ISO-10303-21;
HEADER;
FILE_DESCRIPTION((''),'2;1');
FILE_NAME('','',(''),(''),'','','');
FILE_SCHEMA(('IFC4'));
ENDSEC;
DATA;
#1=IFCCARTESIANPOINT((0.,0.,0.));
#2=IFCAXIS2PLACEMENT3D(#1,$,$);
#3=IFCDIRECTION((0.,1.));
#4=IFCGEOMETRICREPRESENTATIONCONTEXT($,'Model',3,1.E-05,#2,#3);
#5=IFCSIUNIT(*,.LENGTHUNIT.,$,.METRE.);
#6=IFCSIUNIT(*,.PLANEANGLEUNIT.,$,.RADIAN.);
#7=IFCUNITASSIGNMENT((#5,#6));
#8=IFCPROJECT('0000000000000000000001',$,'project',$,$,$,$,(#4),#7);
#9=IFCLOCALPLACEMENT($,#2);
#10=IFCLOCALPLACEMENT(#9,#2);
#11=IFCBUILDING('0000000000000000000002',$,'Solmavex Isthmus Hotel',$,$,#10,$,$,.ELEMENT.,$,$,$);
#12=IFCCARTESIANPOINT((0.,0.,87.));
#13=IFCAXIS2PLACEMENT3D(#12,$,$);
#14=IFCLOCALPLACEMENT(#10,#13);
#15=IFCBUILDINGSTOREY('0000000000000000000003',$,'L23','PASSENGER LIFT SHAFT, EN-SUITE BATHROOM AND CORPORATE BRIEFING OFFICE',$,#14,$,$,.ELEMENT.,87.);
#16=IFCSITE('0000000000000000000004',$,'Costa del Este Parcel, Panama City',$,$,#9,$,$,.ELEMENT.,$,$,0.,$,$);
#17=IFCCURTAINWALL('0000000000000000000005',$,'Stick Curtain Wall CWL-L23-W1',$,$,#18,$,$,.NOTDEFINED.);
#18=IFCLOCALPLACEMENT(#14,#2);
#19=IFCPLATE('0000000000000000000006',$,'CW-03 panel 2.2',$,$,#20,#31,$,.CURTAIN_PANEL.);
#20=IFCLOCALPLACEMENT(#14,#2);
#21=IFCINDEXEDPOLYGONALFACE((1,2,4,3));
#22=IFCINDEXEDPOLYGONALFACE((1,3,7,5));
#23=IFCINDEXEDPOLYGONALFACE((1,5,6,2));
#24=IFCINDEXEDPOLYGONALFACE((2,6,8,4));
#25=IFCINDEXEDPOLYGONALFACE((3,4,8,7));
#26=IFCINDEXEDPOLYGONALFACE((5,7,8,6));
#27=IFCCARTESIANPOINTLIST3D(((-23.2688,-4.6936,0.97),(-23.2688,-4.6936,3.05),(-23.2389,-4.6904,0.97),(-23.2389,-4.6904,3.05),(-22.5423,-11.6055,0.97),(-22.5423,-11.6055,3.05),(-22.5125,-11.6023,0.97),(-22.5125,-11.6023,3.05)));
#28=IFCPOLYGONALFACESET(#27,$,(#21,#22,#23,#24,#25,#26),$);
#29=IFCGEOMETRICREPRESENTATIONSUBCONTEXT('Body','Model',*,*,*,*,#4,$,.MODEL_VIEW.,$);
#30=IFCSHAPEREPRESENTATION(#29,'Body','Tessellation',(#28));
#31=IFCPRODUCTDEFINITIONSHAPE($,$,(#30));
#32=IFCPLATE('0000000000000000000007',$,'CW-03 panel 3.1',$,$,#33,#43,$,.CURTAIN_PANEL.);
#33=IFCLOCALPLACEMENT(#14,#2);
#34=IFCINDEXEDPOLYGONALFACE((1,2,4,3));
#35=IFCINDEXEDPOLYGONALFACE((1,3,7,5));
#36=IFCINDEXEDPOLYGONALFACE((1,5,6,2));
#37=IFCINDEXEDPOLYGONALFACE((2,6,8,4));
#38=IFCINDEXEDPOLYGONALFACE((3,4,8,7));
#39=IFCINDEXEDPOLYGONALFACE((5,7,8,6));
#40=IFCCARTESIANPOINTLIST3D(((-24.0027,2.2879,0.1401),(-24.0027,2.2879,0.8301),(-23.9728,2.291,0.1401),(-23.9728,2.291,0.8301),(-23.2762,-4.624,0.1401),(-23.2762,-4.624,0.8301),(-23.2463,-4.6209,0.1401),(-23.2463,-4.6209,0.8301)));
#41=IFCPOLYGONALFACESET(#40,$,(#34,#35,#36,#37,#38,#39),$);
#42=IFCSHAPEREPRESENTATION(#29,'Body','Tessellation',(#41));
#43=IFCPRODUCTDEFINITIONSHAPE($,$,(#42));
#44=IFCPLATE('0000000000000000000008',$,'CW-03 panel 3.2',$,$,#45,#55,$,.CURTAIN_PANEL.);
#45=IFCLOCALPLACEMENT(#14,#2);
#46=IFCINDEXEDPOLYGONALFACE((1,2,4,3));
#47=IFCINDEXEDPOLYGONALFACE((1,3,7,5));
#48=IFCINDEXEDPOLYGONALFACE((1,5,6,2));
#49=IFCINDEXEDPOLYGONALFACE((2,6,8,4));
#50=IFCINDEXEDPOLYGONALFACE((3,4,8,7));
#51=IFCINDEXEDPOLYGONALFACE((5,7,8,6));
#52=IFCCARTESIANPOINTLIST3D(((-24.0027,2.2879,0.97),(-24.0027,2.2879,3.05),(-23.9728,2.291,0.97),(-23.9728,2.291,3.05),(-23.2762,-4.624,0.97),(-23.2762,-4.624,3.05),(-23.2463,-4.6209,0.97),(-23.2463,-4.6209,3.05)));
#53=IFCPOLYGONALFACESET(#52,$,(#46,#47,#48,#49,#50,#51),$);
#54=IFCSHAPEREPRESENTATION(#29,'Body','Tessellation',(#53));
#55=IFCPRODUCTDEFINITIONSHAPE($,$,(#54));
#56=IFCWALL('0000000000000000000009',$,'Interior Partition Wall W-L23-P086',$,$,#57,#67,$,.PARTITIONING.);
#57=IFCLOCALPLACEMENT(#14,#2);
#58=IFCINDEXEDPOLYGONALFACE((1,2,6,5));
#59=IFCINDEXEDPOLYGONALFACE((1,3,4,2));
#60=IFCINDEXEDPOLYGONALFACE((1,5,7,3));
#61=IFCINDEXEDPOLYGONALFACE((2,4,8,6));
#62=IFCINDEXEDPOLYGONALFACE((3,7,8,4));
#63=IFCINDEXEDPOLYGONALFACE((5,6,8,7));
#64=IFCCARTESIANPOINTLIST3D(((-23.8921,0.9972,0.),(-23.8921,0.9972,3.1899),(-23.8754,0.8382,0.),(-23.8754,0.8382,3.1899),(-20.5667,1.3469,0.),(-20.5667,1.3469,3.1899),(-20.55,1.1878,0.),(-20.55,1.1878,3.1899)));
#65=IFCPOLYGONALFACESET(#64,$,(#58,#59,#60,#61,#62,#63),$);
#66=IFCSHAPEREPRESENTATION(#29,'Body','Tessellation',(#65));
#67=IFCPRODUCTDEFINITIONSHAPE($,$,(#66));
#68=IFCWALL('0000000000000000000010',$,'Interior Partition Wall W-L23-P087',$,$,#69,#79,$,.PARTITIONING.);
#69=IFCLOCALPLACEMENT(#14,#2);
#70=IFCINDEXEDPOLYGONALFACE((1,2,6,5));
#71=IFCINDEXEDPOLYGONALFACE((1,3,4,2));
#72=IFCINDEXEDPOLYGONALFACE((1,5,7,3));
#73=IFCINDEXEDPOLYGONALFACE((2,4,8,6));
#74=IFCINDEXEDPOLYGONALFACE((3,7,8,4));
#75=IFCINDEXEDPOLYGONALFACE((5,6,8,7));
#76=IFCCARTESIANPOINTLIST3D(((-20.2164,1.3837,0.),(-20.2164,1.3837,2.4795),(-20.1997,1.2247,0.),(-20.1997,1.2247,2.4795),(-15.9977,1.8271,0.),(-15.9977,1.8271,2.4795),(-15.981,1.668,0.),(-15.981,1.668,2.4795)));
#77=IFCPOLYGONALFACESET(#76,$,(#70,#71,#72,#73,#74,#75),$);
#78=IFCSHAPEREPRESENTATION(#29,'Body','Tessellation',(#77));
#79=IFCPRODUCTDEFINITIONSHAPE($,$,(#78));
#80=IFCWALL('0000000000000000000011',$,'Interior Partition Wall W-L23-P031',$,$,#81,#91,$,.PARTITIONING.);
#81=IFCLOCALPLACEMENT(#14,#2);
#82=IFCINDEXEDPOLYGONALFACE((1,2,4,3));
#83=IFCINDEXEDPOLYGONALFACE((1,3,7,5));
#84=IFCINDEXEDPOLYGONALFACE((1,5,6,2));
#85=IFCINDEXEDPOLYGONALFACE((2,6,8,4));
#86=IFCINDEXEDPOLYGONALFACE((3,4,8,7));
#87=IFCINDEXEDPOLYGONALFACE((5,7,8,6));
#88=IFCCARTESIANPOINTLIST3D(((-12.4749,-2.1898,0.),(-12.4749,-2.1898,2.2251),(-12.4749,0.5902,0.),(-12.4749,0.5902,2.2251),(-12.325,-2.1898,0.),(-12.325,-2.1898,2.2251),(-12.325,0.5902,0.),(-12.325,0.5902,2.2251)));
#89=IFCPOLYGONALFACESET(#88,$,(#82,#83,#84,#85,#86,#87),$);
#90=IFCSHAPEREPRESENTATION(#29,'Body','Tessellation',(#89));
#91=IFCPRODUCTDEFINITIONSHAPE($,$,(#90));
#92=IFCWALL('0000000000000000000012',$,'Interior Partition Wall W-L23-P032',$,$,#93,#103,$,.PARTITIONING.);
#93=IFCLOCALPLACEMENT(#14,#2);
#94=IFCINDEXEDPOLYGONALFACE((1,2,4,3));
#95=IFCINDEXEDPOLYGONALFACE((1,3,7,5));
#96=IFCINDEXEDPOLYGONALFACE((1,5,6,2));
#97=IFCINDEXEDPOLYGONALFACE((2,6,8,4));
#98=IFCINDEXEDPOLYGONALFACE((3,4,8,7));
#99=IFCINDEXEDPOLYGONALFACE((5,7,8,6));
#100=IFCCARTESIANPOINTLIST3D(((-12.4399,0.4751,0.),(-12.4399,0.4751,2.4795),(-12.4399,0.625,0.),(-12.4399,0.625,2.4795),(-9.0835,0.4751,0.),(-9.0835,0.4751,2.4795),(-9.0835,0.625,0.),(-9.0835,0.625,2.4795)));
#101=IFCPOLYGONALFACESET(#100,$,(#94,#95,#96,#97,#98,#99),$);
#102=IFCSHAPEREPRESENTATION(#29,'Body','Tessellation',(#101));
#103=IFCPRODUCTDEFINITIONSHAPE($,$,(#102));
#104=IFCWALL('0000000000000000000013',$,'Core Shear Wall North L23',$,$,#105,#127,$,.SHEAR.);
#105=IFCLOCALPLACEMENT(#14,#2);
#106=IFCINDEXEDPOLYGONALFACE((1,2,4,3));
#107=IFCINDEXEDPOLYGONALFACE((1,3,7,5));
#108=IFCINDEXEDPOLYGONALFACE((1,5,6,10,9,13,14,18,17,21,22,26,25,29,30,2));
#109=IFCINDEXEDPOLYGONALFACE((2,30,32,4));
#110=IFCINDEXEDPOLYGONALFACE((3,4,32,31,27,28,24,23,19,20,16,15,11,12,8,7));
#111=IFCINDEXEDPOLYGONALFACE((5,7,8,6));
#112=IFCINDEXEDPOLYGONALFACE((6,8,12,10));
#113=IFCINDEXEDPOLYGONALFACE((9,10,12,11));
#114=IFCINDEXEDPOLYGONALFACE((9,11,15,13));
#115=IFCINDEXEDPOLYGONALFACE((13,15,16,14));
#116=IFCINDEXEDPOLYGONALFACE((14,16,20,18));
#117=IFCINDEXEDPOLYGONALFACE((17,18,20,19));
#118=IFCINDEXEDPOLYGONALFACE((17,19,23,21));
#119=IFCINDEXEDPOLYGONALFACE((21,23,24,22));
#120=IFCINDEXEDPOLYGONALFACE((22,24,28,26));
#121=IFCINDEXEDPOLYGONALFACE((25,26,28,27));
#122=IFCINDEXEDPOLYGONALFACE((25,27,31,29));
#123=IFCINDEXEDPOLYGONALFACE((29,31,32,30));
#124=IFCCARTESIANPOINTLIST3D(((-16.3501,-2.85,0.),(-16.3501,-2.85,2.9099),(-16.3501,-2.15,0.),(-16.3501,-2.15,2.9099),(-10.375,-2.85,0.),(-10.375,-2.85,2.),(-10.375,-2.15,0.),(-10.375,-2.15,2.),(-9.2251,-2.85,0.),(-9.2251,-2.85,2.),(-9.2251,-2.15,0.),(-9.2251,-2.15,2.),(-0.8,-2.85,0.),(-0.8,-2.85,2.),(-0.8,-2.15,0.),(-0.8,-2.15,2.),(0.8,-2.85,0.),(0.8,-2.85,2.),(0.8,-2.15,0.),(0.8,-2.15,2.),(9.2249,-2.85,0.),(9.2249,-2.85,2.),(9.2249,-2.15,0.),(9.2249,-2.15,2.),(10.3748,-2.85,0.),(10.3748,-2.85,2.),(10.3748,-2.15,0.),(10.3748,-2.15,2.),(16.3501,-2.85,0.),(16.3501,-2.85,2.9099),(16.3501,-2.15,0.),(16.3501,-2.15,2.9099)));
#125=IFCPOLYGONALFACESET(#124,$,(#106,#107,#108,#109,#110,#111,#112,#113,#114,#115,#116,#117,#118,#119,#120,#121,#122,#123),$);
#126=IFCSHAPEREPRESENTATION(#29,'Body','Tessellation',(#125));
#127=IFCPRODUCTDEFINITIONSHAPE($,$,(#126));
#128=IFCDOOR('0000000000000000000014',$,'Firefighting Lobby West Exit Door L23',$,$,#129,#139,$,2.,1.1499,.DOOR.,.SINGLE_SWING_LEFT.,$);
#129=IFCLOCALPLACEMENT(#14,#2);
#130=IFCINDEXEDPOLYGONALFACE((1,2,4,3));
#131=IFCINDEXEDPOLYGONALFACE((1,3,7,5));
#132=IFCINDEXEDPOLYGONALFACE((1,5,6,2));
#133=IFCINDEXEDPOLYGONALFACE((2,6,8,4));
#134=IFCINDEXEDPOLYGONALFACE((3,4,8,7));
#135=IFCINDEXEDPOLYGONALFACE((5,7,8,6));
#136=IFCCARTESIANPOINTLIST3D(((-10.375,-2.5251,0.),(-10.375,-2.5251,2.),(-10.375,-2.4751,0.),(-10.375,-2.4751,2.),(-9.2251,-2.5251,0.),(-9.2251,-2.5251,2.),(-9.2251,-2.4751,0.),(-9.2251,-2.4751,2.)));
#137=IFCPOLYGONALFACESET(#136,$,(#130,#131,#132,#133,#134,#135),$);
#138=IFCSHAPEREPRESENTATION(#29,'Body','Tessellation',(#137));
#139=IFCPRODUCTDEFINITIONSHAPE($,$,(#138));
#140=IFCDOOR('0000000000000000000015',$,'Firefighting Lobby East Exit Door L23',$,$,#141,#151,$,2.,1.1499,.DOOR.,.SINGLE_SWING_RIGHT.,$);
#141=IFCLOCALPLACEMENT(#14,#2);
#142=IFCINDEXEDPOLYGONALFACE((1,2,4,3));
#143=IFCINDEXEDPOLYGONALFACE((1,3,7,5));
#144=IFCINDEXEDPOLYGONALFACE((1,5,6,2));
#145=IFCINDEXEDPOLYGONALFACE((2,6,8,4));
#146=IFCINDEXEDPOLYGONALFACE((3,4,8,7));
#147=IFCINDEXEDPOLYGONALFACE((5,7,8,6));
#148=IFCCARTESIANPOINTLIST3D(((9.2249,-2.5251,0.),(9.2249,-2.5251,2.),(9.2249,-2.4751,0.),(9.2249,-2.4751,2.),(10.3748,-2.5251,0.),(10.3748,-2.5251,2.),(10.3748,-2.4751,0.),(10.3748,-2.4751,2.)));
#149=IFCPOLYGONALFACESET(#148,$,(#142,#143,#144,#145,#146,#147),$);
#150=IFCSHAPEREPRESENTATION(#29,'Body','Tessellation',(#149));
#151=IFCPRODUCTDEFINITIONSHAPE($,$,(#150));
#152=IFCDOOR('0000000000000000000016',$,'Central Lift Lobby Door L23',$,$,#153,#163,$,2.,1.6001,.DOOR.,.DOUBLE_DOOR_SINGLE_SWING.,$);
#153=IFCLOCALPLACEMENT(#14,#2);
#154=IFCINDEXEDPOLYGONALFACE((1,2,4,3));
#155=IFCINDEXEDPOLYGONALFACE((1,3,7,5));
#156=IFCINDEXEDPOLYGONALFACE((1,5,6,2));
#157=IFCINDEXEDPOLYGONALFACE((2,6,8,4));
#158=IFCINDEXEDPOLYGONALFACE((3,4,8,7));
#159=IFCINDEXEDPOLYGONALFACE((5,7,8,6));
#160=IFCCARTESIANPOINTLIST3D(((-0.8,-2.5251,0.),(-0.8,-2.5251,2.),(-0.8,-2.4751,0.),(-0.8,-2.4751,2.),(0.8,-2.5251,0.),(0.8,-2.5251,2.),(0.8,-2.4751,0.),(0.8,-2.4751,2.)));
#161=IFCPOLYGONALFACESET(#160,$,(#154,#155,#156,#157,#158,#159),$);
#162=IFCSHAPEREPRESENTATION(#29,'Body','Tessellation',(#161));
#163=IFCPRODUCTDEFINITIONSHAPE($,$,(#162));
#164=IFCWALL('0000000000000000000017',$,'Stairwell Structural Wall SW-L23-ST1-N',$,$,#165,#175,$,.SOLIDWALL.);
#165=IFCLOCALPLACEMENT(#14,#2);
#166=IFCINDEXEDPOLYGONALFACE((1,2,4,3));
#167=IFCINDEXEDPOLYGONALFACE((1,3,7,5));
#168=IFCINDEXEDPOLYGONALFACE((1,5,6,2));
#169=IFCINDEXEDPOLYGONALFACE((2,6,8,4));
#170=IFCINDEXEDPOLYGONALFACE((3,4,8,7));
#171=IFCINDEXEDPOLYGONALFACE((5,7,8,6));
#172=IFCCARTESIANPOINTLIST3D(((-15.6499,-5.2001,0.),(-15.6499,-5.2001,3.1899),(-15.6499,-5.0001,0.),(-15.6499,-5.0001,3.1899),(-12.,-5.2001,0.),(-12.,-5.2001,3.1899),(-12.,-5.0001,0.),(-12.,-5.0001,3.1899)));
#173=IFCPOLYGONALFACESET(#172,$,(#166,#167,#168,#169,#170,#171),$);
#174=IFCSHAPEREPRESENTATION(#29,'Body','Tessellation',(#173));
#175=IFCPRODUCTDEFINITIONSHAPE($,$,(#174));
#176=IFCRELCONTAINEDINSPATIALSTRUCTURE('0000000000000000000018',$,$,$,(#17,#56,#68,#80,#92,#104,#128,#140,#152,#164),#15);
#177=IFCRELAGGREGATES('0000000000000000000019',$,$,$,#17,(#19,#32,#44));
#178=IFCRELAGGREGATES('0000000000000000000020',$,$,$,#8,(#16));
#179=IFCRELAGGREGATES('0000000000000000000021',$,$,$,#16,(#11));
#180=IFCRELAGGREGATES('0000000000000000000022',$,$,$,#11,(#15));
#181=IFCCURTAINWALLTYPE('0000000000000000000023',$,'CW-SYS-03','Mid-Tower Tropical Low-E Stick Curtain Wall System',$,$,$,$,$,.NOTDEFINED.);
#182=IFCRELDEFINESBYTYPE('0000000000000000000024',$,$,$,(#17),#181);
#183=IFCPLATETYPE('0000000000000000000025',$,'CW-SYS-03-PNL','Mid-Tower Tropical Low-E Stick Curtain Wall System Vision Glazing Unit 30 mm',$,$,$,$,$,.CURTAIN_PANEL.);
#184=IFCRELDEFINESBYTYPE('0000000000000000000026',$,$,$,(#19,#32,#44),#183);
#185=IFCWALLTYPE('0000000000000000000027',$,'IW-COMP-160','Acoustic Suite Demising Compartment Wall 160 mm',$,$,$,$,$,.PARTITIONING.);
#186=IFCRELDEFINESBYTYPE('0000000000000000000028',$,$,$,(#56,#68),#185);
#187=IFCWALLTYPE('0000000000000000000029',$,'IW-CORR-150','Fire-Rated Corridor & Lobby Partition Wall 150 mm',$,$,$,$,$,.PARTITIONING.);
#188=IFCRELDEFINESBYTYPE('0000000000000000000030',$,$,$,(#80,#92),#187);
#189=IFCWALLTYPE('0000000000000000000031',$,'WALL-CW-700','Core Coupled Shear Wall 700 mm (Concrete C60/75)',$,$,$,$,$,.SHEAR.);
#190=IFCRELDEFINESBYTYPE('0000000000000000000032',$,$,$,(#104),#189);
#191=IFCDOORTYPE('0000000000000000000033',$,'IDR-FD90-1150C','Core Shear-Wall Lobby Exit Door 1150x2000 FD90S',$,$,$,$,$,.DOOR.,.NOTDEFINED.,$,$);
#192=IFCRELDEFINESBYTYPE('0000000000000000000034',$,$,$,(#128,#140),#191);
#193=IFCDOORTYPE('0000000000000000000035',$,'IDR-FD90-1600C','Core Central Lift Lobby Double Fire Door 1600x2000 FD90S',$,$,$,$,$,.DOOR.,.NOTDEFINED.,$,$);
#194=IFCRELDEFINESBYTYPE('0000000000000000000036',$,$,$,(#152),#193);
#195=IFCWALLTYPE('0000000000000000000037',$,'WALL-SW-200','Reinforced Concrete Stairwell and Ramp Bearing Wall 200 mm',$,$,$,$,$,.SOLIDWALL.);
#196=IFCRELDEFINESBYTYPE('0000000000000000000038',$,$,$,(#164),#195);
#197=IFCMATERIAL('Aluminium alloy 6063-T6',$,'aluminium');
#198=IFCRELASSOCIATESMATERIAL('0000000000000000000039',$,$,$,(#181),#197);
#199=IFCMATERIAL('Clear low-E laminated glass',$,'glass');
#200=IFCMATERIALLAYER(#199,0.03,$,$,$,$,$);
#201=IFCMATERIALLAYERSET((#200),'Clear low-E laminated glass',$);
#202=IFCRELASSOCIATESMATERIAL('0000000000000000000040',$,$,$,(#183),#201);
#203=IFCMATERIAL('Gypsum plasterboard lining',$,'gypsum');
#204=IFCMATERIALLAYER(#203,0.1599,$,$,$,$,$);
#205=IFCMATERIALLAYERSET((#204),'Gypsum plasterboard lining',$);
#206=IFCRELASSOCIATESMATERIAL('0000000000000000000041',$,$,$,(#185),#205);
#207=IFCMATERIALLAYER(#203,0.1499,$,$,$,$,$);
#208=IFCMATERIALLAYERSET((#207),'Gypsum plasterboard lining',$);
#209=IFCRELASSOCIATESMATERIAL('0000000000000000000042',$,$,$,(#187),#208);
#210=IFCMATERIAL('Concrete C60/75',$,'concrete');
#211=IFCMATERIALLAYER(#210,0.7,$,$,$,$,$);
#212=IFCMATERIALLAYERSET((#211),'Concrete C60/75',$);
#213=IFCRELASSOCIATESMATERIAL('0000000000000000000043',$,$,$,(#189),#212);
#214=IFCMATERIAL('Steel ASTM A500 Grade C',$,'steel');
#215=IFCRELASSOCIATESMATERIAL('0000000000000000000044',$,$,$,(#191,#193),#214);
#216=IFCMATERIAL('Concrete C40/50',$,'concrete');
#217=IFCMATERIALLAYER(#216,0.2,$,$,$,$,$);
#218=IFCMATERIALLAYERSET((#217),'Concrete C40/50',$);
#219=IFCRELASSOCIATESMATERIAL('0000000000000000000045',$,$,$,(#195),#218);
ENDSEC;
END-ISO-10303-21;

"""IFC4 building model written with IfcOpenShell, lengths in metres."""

from ifc_helpers import new_model, si_unit, direction, frame, frame_2d, origin, origin_2d, place, context, subcontext, project, spatial, rectangle, extrude, material, layer, layer_set, type_object, element, fill, aggregate, save


model = new_model("IFC4")

# Units and contexts
model_context = context("Model", 3, precision=1e-05, world=origin(), true_north=direction((0.0, 1.0)))
body_context = subcontext(model_context, "Body", "Model", "MODEL_VIEW")
ifc_project = project(units=[si_unit("LENGTHUNIT", "METRE"), si_unit("PLANEANGLEUNIT", "RADIAN")], contexts=[model_context])

# Site, building, storey
site_placement = place(None, origin())
site = spatial("IfcSite", under=ifc_project, at=site_placement, Name="Costa del Este Parcel, Panama City", CompositionType="ELEMENT", RefElevation=0.0)
building_placement = place(site_placement, origin())
building = spatial("IfcBuilding", under=site, at=building_placement, Name="Solmavex Isthmus Hotel", CompositionType="ELEMENT")
storey_placement = place(building_placement, frame((0.0, 0.0, 87.0)))
storey = spatial("IfcBuildingStorey", under=building, at=storey_placement, Name="L23", Description="PASSENGER LIFT SHAFT, EN-SUITE BATHROOM AND CORPORATE BRIEFING OFFICE", CompositionType="ELEMENT", Elevation=87.0)

# Shared definitions
ifc_material_1 = material(Name="Concrete C60/75", Category="concrete")

# Curtain wall, plates
ifc_material_2 = material(Name="Aluminium alloy 6063-T6", Category="aluminium")
curtain_wall_type = type_object("IfcCurtainWallType", Name="CW-SYS-03", Description="Mid-Tower Tropical Low-E Stick Curtain Wall System", PredefinedType="NOTDEFINED", material=ifc_material_2)
curtain_wall_placement = place(storey_placement, origin())
curtain_wall = element("IfcCurtainWall", 1, at=curtain_wall_placement, inside=storey, type_object=curtain_wall_type, Name="Stick Curtain Wall CWL-L23-W1", PredefinedType="NOTDEFINED")
ifc_material_3 = material(Name="Clear low-E laminated glass", Category="glass")
ifc_layer_1 = layer(ifc_material_3, 0.03)
ifc_layer_set_1 = layer_set([ifc_layer_1], Name="Clear low-E laminated glass")
plate_type = type_object("IfcPlateType", Name="CW-SYS-03-PNL", Description="Mid-Tower Tropical Low-E Stick Curtain Wall System Vision Glazing Unit 30 mm", PredefinedType="CURTAIN_PANEL", material=ifc_layer_set_1)
plate_1_placement = place(storey_placement, frame((-22.8906, -8.1479, 0.97), z_axis=(0.0, 0.0, 1.0), x_axis=(-0.104528, 0.994522, 0.0)))
plate_1 = element("IfcPlate", 2, at=plate_1_placement, type_object=plate_type, Name="CW-03 panel 2.2", PredefinedType="CURTAIN_PANEL", context=body_context, shape_type="SweptSolid", body=[
    extrude(rectangle(XDim=6.95, YDim=0.03, at=origin_2d()), origin(), (0.0, 0.0, 1.0), 2.0801),
])
plate_2_placement = place(storey_placement, frame((-23.6245, -1.1665, 0.1401), z_axis=(0.0, 0.0, 1.0), x_axis=(-0.104528, 0.994522, 0.0)))
plate_2 = element("IfcPlate", 3, at=plate_2_placement, type_object=plate_type, Name="CW-03 panel 3.1", PredefinedType="CURTAIN_PANEL", context=body_context, shape_type="SweptSolid", body=[
    extrude(rectangle(XDim=6.95, YDim=0.03, at=origin_2d()), origin(), (0.0, 0.0, 1.0), 0.6899),
])
plate_3_placement = place(storey_placement, frame((-23.6245, -1.1665, 0.97), z_axis=(0.0, 0.0, 1.0), x_axis=(-0.104528, 0.994522, 0.0)))
plate_3 = element("IfcPlate", 4, at=plate_3_placement, type_object=plate_type, Name="CW-03 panel 3.2", PredefinedType="CURTAIN_PANEL", context=body_context, shape_type="SweptSolid", body=[
    extrude(rectangle(XDim=6.95, YDim=0.03, at=origin_2d()), origin(), (0.0, 0.0, 1.0), 2.0801),
])
aggregate(curtain_wall, [plate_1, plate_2, plate_3])

# Walls
ifc_material_4 = material(Name="Gypsum plasterboard lining", Category="gypsum")
ifc_layer_2 = layer(ifc_material_4, 0.1599)
ifc_layer_set_2 = layer_set([ifc_layer_2], Name="Gypsum plasterboard lining")
wall_type_1 = type_object("IfcWallType", Name="IW-COMP-160", Description="Acoustic Suite Demising Compartment Wall 160 mm", PredefinedType="PARTITIONING", material=ifc_layer_set_2)
wall_1_placement = place(storey_placement, frame((-20.5583, 1.2673, 0.0), z_axis=(0.0, 0.0, 1.0), x_axis=(-0.994519, -0.104556, 0.0)))
element("IfcWall", 5, at=wall_1_placement, inside=storey, type_object=wall_type_1, Name="Interior Partition Wall W-L23-P086", PredefinedType="PARTITIONING", context=body_context, shape_type="SweptSolid", body=[
    extrude(rectangle(XDim=3.3438, YDim=0.1599, at=frame_2d((1.6719, 0.0))), origin(), (0.0, 0.0, 1.0), 3.1899),
])
wall_2_placement = place(storey_placement, frame((-15.9893, 1.7476, 0.0), z_axis=(0.0, 0.0, 1.0), x_axis=(-0.994523, -0.104517, 0.0)))
element("IfcWall", 6, at=wall_2_placement, inside=storey, type_object=wall_type_1, Name="Interior Partition Wall W-L23-P087", PredefinedType="PARTITIONING", context=body_context, shape_type="SweptSolid", body=[
    extrude(rectangle(XDim=4.2419, YDim=0.1599, at=frame_2d((2.1211, 0.0))), origin(), (0.0, 0.0, 1.0), 2.4795),
])

# Shared definitions
ifc_layer_3 = layer(ifc_material_4, 0.1499)
ifc_layer_set_3 = layer_set([ifc_layer_3], Name="Gypsum plasterboard lining")
wall_type_2 = type_object("IfcWallType", Name="IW-CORR-150", Description="Fire-Rated Corridor & Lobby Partition Wall 150 mm", PredefinedType="PARTITIONING", material=ifc_layer_set_3)

# Walls
wall_3_placement = place(storey_placement, frame((-12.3999, -2.1899, 0.0), z_axis=(0.0, 0.0, 1.0), x_axis=(0.0, 1.0, 0.0)))
element("IfcWall", 7, at=wall_3_placement, inside=storey, type_object=wall_type_2, Name="Interior Partition Wall W-L23-P031", PredefinedType="PARTITIONING", context=body_context, shape_type="SweptSolid", body=[
    extrude(rectangle(XDim=2.78, YDim=0.1499, at=frame_2d((1.3901, 0.0))), origin(), (0.0, 0.0, 1.0), 2.2251),
])
wall_4_placement = place(storey_placement, frame((-12.4399, 0.55, 0.0), z_axis=(0.0, 0.0, 1.0), x_axis=(1.0, 0.0, 0.0)))
element("IfcWall", 8, at=wall_4_placement, inside=storey, type_object=wall_type_2, Name="Interior Partition Wall W-L23-P032", PredefinedType="PARTITIONING", context=body_context, shape_type="SweptSolid", body=[
    extrude(rectangle(XDim=3.3564, YDim=0.1499, at=frame_2d((1.6782, 0.0))), origin(), (0.0, 0.0, 1.0), 2.4795),
])

# Wall, openings, doors
ifc_layer_4 = layer(ifc_material_1, 0.7)
ifc_layer_set_4 = layer_set([ifc_layer_4], Name="Concrete C60/75")
wall_type_3 = type_object("IfcWallType", Name="WALL-CW-700", Description="Core Coupled Shear Wall 700 mm (Concrete C60/75)", PredefinedType="SHEAR", material=ifc_layer_set_4)
wall_5_placement = place(storey_placement, frame((-16.3501, -2.5, 0.0), z_axis=(0.0, 0.0, 1.0), x_axis=(1.0, 0.0, 0.0)))
wall_5 = element("IfcWall", 9, at=wall_5_placement, inside=storey, type_object=wall_type_3, Name="Core Shear Wall North L23", PredefinedType="SHEAR", context=body_context, shape_type="SweptSolid", body=[
    extrude(rectangle(XDim=32.7002, YDim=0.7, at=frame_2d((16.3501, 0.0))), origin(), (0.0, 0.0, 1.0), 2.9099),
])
opening_1_placement = place(wall_5_placement, frame((5.9751, 0.0, 0.0)))
opening_1 = element("IfcOpeningElement", 10, at=opening_1_placement, cuts=wall_5, PredefinedType="OPENING", context=body_context, shape_type="SweptSolid", body=[
    extrude(rectangle(XDim=1.1499, YDim=2.0, at=frame_2d((0.575, 1.0))), frame((0.0, 0.3599, 0.0), z_axis=(0.0, -1.0, 0.0), x_axis=(1.0, 0.0, 0.0)), (0.0, 0.0, 1.0), 0.72),
])
opening_2_placement = place(wall_5_placement, frame((15.55, 0.0, 0.0)))
opening_2 = element("IfcOpeningElement", 11, at=opening_2_placement, cuts=wall_5, PredefinedType="OPENING", context=body_context, shape_type="SweptSolid", body=[
    extrude(rectangle(XDim=1.6001, YDim=2.0, at=frame_2d((0.8, 1.0))), frame((0.0, 0.3599, 0.0), z_axis=(0.0, -1.0, 0.0), x_axis=(1.0, 0.0, 0.0)), (0.0, 0.0, 1.0), 0.72),
])
opening_3_placement = place(wall_5_placement, frame((25.575, 0.0, 0.0)))
opening_3 = element("IfcOpeningElement", 12, at=opening_3_placement, cuts=wall_5, PredefinedType="OPENING", context=body_context, shape_type="SweptSolid", body=[
    extrude(rectangle(XDim=1.1499, YDim=2.0, at=frame_2d((0.575, 1.0))), frame((0.0, 0.3599, 0.0), z_axis=(0.0, -1.0, 0.0), x_axis=(1.0, 0.0, 0.0)), (0.0, 0.0, 1.0), 0.72),
])
ifc_material_5 = material(Name="Steel ASTM A500 Grade C", Category="steel")
door_type_1 = type_object("IfcDoorType", Name="IDR-FD90-1150C", Description="Core Shear-Wall Lobby Exit Door 1150x2000 FD90S", OperationType="NOTDEFINED", PredefinedType="DOOR", material=ifc_material_5)
door_1_placement = place(opening_1_placement, origin())
door_1 = element("IfcDoor", 13, at=door_1_placement, inside=storey, type_object=door_type_1, Name="Firefighting Lobby West Exit Door L23", OperationType="SINGLE_SWING_LEFT", OverallHeight=2.0, OverallWidth=1.1499, PredefinedType="DOOR", context=body_context, shape_type="SweptSolid", body=[
    extrude(rectangle(XDim=1.1499, YDim=2.0, at=frame_2d((0.575, 1.0))), frame((0.0, 0.0249, 0.0), z_axis=(0.0, -1.0, 0.0), x_axis=(1.0, 0.0, 0.0)), (0.0, 0.0, 1.0), 0.05),
])
fill(opening_1, door_1)
door_2_placement = place(opening_3_placement, origin())
door_2 = element("IfcDoor", 14, at=door_2_placement, inside=storey, type_object=door_type_1, Name="Firefighting Lobby East Exit Door L23", OperationType="SINGLE_SWING_RIGHT", OverallHeight=2.0, OverallWidth=1.1499, PredefinedType="DOOR", context=body_context, shape_type="SweptSolid", body=[
    extrude(rectangle(XDim=1.1499, YDim=2.0, at=frame_2d((0.575, 1.0))), frame((0.0, 0.0249, 0.0), z_axis=(0.0, -1.0, 0.0), x_axis=(1.0, 0.0, 0.0)), (0.0, 0.0, 1.0), 0.05),
])
fill(opening_3, door_2)
door_type_2 = type_object("IfcDoorType", Name="IDR-FD90-1600C", Description="Core Central Lift Lobby Double Fire Door 1600x2000 FD90S", OperationType="NOTDEFINED", PredefinedType="DOOR", material=ifc_material_5)
door_3_placement = place(opening_2_placement, origin())
door_3 = element("IfcDoor", 15, at=door_3_placement, inside=storey, type_object=door_type_2, Name="Central Lift Lobby Door L23", OperationType="DOUBLE_DOOR_SINGLE_SWING", OverallHeight=2.0, OverallWidth=1.6001, PredefinedType="DOOR", context=body_context, shape_type="SweptSolid", body=[
    extrude(rectangle(XDim=1.6001, YDim=2.0, at=frame_2d((0.8, 1.0))), frame((0.0, 0.0249, 0.0), z_axis=(0.0, -1.0, 0.0), x_axis=(1.0, 0.0, 0.0)), (0.0, 0.0, 1.0), 0.05),
])
fill(opening_2, door_3)

# Wall
ifc_material_6 = material(Name="Concrete C40/50", Category="concrete")
ifc_layer_5 = layer(ifc_material_6, 0.2)
ifc_layer_set_5 = layer_set([ifc_layer_5], Name="Concrete C40/50")
wall_type_4 = type_object("IfcWallType", Name="WALL-SW-200", Description="Reinforced Concrete Stairwell and Ramp Bearing Wall 200 mm", PredefinedType="SOLIDWALL", material=ifc_layer_set_5)
wall_6_placement = place(storey_placement, frame((-15.6499, -5.1001, 0.0), z_axis=(0.0, 0.0, 1.0), x_axis=(1.0, 0.0, 0.0)))
element("IfcWall", 16, at=wall_6_placement, inside=storey, type_object=wall_type_4, Name="Stairwell Structural Wall SW-L23-ST1-N", PredefinedType="SOLIDWALL", context=body_context, shape_type="SweptSolid", body=[
    extrude(rectangle(XDim=3.6499, YDim=0.2, at=frame_2d((1.825, 0.0))), origin(), (0.0, 0.0, 1.0), 3.1899),
])

save(model, "model.ifc")
